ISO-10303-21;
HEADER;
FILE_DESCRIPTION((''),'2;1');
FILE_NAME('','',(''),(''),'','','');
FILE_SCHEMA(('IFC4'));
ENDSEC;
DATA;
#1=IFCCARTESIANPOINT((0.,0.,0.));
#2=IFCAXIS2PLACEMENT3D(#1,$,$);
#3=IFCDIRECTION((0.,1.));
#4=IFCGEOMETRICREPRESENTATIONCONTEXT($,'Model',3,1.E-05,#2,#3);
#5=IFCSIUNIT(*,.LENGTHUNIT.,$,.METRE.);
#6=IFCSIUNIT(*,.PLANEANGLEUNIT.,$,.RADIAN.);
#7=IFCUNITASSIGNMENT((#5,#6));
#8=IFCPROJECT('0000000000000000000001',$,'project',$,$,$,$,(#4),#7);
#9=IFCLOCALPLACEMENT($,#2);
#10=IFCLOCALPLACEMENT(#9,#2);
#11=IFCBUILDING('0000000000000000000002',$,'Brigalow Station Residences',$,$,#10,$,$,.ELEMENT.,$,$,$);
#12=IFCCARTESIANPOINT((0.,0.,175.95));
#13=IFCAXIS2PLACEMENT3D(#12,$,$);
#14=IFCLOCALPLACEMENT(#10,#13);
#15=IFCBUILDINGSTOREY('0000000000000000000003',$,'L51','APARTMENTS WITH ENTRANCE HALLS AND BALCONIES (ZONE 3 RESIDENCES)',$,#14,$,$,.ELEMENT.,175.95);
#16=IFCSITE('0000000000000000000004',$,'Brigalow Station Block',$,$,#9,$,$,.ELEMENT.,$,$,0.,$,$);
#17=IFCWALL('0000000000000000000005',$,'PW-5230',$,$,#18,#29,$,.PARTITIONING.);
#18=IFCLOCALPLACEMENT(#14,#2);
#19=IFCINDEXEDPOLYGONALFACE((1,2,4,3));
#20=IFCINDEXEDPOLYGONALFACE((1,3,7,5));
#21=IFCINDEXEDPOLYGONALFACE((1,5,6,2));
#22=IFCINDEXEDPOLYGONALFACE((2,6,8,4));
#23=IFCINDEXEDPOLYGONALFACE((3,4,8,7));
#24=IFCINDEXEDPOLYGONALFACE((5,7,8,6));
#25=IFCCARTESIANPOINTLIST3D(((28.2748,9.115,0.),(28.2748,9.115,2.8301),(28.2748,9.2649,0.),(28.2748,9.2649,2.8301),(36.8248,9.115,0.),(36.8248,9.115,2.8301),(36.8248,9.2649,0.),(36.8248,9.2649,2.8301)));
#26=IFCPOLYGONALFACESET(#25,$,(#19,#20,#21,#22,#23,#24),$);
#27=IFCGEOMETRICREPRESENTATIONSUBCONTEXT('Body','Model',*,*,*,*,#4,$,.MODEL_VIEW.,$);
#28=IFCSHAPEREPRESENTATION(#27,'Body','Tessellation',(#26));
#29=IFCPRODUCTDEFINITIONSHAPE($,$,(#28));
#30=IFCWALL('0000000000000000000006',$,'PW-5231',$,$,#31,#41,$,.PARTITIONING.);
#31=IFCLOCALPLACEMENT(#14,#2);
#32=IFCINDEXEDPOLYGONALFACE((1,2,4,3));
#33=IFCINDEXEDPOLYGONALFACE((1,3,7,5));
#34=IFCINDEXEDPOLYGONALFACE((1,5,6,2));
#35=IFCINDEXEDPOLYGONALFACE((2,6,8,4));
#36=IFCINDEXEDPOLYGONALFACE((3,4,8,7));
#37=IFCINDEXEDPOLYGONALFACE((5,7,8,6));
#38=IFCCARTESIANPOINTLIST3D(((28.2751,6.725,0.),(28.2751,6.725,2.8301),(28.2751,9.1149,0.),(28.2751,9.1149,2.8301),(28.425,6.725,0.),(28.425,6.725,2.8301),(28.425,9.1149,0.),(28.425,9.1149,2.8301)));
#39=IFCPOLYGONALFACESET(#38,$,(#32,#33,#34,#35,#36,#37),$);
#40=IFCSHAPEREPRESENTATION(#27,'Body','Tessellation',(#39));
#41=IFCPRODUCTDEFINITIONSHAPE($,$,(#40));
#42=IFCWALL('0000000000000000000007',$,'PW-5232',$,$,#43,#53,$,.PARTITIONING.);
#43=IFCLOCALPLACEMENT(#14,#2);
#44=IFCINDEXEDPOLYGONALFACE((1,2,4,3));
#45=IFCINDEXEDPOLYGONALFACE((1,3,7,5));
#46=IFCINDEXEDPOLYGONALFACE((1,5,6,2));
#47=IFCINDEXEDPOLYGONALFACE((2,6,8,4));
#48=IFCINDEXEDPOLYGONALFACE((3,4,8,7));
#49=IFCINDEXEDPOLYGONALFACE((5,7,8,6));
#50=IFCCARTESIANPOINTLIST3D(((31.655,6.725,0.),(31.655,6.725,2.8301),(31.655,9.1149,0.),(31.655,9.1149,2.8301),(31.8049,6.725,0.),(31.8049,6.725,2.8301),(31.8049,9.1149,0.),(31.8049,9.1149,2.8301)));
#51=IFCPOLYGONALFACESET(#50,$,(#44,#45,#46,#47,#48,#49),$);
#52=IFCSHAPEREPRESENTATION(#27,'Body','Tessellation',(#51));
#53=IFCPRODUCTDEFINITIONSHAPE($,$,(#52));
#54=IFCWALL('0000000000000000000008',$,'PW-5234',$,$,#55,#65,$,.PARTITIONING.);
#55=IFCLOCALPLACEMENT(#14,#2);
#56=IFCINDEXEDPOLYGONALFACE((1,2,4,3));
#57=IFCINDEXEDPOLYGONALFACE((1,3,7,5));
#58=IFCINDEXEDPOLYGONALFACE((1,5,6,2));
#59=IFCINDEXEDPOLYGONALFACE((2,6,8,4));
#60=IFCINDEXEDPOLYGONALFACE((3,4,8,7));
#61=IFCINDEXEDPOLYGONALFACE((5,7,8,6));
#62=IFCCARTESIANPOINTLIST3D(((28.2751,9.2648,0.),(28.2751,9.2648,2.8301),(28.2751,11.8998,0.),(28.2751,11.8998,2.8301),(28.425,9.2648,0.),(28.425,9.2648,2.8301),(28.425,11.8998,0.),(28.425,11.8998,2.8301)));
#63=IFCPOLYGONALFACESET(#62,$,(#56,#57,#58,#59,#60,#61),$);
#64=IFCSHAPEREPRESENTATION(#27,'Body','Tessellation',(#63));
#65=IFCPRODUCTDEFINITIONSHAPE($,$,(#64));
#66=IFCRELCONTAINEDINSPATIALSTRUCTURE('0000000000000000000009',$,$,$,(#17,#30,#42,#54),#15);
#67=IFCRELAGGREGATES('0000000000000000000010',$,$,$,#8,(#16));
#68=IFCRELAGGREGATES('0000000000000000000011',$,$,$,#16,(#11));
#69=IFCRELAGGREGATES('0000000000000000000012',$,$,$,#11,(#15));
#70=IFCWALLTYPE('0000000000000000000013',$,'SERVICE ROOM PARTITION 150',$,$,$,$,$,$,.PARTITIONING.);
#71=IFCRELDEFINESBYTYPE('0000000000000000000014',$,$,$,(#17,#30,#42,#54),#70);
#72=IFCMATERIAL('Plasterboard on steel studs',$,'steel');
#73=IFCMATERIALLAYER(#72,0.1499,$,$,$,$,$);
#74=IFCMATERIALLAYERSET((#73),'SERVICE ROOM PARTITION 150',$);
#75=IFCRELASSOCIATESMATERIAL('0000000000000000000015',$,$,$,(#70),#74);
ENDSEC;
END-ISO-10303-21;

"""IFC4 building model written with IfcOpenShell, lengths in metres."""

from ifc_helpers import new_model, si_unit, direction, frame, frame_2d, origin, place, context, subcontext, project, spatial, rectangle, extrude, material, layer, layer_set, type_object, element, save


model = new_model("IFC4")

# Units and contexts
model_context = context("Model", 3, precision=1e-05, world=origin(), true_north=direction((0.0, 1.0)))
body_context = subcontext(model_context, "Body", "Model", "MODEL_VIEW")
ifc_project = project(units=[si_unit("LENGTHUNIT", "METRE"), si_unit("PLANEANGLEUNIT", "RADIAN")], contexts=[model_context])

# Site, building, storey
site_placement = place(None, origin())
site = spatial("IfcSite", under=ifc_project, at=site_placement, Name="Brigalow Station Block", CompositionType="ELEMENT", RefElevation=0.0)
building_placement = place(site_placement, origin())
building = spatial("IfcBuilding", under=site, at=building_placement, Name="Brigalow Station Residences", CompositionType="ELEMENT")
storey_placement = place(building_placement, frame((0.0, 0.0, 175.95)))
storey = spatial("IfcBuildingStorey", under=building, at=storey_placement, Name="L51", Description="APARTMENTS WITH ENTRANCE HALLS AND BALCONIES (ZONE 3 RESIDENCES)", CompositionType="ELEMENT", Elevation=175.95)

# Walls
ifc_material_1 = material(Name="Plasterboard on steel studs", Category="steel")
ifc_layer_1 = layer(ifc_material_1, 0.1499)
ifc_layer_set_1 = layer_set([ifc_layer_1], Name="SERVICE ROOM PARTITION 150")
wall_type_1 = type_object("IfcWallType", Name="SERVICE ROOM PARTITION 150", PredefinedType="PARTITIONING", material=ifc_layer_set_1)
wall_1_placement = place(storey_placement, frame((28.2749, 9.1899, 0.0), z_axis=(0.0, 0.0, 1.0), x_axis=(1.0, 0.0, 0.0)))
element("IfcWall", 1, at=wall_1_placement, inside=storey, type_object=wall_type_1, Name="PW-5230", PredefinedType="PARTITIONING", context=body_context, shape_type="SweptSolid", body=[
    extrude(rectangle(XDim=8.55, YDim=0.1499, at=frame_2d((4.2749, 0.0))), origin(), (0.0, 0.0, 1.0), 2.8301),
])
for number, where, z_axis, x_axis, name in (
    (2, (28.3501, 6.7251, 0.0), (0.0, 0.0, 1.0), (0.0, 1.0, 0.0), "PW-5231"),
    (3, (31.73, 6.7251, 0.0), (0.0, 0.0, 1.0), (0.0, 1.0, 0.0), "PW-5232"),
):
    element("IfcWall", number, at=place(storey_placement, frame(where, z_axis=z_axis, x_axis=x_axis)), inside=storey, type_object=wall_type_1, Name=name, PredefinedType="PARTITIONING", context=body_context, shape_type="SweptSolid", body=[
        extrude(rectangle(XDim=2.3899, YDim=0.1499, at=frame_2d((1.1948, 0.0))), origin(), (0.0, 0.0, 1.0), 2.8301),
    ])
wall_2_placement = place(storey_placement, frame((28.3501, 9.2649, 0.0), z_axis=(0.0, 0.0, 1.0), x_axis=(0.0, 1.0, 0.0)))
element("IfcWall", 4, at=wall_2_placement, inside=storey, type_object=wall_type_1, Name="PW-5234", PredefinedType="PARTITIONING", context=body_context, shape_type="SweptSolid", body=[
    extrude(rectangle(XDim=2.635, YDim=0.1499, at=frame_2d((1.3174, 0.0))), origin(), (0.0, 0.0, 1.0), 2.8301),
])

save(model, "model.ifc")
